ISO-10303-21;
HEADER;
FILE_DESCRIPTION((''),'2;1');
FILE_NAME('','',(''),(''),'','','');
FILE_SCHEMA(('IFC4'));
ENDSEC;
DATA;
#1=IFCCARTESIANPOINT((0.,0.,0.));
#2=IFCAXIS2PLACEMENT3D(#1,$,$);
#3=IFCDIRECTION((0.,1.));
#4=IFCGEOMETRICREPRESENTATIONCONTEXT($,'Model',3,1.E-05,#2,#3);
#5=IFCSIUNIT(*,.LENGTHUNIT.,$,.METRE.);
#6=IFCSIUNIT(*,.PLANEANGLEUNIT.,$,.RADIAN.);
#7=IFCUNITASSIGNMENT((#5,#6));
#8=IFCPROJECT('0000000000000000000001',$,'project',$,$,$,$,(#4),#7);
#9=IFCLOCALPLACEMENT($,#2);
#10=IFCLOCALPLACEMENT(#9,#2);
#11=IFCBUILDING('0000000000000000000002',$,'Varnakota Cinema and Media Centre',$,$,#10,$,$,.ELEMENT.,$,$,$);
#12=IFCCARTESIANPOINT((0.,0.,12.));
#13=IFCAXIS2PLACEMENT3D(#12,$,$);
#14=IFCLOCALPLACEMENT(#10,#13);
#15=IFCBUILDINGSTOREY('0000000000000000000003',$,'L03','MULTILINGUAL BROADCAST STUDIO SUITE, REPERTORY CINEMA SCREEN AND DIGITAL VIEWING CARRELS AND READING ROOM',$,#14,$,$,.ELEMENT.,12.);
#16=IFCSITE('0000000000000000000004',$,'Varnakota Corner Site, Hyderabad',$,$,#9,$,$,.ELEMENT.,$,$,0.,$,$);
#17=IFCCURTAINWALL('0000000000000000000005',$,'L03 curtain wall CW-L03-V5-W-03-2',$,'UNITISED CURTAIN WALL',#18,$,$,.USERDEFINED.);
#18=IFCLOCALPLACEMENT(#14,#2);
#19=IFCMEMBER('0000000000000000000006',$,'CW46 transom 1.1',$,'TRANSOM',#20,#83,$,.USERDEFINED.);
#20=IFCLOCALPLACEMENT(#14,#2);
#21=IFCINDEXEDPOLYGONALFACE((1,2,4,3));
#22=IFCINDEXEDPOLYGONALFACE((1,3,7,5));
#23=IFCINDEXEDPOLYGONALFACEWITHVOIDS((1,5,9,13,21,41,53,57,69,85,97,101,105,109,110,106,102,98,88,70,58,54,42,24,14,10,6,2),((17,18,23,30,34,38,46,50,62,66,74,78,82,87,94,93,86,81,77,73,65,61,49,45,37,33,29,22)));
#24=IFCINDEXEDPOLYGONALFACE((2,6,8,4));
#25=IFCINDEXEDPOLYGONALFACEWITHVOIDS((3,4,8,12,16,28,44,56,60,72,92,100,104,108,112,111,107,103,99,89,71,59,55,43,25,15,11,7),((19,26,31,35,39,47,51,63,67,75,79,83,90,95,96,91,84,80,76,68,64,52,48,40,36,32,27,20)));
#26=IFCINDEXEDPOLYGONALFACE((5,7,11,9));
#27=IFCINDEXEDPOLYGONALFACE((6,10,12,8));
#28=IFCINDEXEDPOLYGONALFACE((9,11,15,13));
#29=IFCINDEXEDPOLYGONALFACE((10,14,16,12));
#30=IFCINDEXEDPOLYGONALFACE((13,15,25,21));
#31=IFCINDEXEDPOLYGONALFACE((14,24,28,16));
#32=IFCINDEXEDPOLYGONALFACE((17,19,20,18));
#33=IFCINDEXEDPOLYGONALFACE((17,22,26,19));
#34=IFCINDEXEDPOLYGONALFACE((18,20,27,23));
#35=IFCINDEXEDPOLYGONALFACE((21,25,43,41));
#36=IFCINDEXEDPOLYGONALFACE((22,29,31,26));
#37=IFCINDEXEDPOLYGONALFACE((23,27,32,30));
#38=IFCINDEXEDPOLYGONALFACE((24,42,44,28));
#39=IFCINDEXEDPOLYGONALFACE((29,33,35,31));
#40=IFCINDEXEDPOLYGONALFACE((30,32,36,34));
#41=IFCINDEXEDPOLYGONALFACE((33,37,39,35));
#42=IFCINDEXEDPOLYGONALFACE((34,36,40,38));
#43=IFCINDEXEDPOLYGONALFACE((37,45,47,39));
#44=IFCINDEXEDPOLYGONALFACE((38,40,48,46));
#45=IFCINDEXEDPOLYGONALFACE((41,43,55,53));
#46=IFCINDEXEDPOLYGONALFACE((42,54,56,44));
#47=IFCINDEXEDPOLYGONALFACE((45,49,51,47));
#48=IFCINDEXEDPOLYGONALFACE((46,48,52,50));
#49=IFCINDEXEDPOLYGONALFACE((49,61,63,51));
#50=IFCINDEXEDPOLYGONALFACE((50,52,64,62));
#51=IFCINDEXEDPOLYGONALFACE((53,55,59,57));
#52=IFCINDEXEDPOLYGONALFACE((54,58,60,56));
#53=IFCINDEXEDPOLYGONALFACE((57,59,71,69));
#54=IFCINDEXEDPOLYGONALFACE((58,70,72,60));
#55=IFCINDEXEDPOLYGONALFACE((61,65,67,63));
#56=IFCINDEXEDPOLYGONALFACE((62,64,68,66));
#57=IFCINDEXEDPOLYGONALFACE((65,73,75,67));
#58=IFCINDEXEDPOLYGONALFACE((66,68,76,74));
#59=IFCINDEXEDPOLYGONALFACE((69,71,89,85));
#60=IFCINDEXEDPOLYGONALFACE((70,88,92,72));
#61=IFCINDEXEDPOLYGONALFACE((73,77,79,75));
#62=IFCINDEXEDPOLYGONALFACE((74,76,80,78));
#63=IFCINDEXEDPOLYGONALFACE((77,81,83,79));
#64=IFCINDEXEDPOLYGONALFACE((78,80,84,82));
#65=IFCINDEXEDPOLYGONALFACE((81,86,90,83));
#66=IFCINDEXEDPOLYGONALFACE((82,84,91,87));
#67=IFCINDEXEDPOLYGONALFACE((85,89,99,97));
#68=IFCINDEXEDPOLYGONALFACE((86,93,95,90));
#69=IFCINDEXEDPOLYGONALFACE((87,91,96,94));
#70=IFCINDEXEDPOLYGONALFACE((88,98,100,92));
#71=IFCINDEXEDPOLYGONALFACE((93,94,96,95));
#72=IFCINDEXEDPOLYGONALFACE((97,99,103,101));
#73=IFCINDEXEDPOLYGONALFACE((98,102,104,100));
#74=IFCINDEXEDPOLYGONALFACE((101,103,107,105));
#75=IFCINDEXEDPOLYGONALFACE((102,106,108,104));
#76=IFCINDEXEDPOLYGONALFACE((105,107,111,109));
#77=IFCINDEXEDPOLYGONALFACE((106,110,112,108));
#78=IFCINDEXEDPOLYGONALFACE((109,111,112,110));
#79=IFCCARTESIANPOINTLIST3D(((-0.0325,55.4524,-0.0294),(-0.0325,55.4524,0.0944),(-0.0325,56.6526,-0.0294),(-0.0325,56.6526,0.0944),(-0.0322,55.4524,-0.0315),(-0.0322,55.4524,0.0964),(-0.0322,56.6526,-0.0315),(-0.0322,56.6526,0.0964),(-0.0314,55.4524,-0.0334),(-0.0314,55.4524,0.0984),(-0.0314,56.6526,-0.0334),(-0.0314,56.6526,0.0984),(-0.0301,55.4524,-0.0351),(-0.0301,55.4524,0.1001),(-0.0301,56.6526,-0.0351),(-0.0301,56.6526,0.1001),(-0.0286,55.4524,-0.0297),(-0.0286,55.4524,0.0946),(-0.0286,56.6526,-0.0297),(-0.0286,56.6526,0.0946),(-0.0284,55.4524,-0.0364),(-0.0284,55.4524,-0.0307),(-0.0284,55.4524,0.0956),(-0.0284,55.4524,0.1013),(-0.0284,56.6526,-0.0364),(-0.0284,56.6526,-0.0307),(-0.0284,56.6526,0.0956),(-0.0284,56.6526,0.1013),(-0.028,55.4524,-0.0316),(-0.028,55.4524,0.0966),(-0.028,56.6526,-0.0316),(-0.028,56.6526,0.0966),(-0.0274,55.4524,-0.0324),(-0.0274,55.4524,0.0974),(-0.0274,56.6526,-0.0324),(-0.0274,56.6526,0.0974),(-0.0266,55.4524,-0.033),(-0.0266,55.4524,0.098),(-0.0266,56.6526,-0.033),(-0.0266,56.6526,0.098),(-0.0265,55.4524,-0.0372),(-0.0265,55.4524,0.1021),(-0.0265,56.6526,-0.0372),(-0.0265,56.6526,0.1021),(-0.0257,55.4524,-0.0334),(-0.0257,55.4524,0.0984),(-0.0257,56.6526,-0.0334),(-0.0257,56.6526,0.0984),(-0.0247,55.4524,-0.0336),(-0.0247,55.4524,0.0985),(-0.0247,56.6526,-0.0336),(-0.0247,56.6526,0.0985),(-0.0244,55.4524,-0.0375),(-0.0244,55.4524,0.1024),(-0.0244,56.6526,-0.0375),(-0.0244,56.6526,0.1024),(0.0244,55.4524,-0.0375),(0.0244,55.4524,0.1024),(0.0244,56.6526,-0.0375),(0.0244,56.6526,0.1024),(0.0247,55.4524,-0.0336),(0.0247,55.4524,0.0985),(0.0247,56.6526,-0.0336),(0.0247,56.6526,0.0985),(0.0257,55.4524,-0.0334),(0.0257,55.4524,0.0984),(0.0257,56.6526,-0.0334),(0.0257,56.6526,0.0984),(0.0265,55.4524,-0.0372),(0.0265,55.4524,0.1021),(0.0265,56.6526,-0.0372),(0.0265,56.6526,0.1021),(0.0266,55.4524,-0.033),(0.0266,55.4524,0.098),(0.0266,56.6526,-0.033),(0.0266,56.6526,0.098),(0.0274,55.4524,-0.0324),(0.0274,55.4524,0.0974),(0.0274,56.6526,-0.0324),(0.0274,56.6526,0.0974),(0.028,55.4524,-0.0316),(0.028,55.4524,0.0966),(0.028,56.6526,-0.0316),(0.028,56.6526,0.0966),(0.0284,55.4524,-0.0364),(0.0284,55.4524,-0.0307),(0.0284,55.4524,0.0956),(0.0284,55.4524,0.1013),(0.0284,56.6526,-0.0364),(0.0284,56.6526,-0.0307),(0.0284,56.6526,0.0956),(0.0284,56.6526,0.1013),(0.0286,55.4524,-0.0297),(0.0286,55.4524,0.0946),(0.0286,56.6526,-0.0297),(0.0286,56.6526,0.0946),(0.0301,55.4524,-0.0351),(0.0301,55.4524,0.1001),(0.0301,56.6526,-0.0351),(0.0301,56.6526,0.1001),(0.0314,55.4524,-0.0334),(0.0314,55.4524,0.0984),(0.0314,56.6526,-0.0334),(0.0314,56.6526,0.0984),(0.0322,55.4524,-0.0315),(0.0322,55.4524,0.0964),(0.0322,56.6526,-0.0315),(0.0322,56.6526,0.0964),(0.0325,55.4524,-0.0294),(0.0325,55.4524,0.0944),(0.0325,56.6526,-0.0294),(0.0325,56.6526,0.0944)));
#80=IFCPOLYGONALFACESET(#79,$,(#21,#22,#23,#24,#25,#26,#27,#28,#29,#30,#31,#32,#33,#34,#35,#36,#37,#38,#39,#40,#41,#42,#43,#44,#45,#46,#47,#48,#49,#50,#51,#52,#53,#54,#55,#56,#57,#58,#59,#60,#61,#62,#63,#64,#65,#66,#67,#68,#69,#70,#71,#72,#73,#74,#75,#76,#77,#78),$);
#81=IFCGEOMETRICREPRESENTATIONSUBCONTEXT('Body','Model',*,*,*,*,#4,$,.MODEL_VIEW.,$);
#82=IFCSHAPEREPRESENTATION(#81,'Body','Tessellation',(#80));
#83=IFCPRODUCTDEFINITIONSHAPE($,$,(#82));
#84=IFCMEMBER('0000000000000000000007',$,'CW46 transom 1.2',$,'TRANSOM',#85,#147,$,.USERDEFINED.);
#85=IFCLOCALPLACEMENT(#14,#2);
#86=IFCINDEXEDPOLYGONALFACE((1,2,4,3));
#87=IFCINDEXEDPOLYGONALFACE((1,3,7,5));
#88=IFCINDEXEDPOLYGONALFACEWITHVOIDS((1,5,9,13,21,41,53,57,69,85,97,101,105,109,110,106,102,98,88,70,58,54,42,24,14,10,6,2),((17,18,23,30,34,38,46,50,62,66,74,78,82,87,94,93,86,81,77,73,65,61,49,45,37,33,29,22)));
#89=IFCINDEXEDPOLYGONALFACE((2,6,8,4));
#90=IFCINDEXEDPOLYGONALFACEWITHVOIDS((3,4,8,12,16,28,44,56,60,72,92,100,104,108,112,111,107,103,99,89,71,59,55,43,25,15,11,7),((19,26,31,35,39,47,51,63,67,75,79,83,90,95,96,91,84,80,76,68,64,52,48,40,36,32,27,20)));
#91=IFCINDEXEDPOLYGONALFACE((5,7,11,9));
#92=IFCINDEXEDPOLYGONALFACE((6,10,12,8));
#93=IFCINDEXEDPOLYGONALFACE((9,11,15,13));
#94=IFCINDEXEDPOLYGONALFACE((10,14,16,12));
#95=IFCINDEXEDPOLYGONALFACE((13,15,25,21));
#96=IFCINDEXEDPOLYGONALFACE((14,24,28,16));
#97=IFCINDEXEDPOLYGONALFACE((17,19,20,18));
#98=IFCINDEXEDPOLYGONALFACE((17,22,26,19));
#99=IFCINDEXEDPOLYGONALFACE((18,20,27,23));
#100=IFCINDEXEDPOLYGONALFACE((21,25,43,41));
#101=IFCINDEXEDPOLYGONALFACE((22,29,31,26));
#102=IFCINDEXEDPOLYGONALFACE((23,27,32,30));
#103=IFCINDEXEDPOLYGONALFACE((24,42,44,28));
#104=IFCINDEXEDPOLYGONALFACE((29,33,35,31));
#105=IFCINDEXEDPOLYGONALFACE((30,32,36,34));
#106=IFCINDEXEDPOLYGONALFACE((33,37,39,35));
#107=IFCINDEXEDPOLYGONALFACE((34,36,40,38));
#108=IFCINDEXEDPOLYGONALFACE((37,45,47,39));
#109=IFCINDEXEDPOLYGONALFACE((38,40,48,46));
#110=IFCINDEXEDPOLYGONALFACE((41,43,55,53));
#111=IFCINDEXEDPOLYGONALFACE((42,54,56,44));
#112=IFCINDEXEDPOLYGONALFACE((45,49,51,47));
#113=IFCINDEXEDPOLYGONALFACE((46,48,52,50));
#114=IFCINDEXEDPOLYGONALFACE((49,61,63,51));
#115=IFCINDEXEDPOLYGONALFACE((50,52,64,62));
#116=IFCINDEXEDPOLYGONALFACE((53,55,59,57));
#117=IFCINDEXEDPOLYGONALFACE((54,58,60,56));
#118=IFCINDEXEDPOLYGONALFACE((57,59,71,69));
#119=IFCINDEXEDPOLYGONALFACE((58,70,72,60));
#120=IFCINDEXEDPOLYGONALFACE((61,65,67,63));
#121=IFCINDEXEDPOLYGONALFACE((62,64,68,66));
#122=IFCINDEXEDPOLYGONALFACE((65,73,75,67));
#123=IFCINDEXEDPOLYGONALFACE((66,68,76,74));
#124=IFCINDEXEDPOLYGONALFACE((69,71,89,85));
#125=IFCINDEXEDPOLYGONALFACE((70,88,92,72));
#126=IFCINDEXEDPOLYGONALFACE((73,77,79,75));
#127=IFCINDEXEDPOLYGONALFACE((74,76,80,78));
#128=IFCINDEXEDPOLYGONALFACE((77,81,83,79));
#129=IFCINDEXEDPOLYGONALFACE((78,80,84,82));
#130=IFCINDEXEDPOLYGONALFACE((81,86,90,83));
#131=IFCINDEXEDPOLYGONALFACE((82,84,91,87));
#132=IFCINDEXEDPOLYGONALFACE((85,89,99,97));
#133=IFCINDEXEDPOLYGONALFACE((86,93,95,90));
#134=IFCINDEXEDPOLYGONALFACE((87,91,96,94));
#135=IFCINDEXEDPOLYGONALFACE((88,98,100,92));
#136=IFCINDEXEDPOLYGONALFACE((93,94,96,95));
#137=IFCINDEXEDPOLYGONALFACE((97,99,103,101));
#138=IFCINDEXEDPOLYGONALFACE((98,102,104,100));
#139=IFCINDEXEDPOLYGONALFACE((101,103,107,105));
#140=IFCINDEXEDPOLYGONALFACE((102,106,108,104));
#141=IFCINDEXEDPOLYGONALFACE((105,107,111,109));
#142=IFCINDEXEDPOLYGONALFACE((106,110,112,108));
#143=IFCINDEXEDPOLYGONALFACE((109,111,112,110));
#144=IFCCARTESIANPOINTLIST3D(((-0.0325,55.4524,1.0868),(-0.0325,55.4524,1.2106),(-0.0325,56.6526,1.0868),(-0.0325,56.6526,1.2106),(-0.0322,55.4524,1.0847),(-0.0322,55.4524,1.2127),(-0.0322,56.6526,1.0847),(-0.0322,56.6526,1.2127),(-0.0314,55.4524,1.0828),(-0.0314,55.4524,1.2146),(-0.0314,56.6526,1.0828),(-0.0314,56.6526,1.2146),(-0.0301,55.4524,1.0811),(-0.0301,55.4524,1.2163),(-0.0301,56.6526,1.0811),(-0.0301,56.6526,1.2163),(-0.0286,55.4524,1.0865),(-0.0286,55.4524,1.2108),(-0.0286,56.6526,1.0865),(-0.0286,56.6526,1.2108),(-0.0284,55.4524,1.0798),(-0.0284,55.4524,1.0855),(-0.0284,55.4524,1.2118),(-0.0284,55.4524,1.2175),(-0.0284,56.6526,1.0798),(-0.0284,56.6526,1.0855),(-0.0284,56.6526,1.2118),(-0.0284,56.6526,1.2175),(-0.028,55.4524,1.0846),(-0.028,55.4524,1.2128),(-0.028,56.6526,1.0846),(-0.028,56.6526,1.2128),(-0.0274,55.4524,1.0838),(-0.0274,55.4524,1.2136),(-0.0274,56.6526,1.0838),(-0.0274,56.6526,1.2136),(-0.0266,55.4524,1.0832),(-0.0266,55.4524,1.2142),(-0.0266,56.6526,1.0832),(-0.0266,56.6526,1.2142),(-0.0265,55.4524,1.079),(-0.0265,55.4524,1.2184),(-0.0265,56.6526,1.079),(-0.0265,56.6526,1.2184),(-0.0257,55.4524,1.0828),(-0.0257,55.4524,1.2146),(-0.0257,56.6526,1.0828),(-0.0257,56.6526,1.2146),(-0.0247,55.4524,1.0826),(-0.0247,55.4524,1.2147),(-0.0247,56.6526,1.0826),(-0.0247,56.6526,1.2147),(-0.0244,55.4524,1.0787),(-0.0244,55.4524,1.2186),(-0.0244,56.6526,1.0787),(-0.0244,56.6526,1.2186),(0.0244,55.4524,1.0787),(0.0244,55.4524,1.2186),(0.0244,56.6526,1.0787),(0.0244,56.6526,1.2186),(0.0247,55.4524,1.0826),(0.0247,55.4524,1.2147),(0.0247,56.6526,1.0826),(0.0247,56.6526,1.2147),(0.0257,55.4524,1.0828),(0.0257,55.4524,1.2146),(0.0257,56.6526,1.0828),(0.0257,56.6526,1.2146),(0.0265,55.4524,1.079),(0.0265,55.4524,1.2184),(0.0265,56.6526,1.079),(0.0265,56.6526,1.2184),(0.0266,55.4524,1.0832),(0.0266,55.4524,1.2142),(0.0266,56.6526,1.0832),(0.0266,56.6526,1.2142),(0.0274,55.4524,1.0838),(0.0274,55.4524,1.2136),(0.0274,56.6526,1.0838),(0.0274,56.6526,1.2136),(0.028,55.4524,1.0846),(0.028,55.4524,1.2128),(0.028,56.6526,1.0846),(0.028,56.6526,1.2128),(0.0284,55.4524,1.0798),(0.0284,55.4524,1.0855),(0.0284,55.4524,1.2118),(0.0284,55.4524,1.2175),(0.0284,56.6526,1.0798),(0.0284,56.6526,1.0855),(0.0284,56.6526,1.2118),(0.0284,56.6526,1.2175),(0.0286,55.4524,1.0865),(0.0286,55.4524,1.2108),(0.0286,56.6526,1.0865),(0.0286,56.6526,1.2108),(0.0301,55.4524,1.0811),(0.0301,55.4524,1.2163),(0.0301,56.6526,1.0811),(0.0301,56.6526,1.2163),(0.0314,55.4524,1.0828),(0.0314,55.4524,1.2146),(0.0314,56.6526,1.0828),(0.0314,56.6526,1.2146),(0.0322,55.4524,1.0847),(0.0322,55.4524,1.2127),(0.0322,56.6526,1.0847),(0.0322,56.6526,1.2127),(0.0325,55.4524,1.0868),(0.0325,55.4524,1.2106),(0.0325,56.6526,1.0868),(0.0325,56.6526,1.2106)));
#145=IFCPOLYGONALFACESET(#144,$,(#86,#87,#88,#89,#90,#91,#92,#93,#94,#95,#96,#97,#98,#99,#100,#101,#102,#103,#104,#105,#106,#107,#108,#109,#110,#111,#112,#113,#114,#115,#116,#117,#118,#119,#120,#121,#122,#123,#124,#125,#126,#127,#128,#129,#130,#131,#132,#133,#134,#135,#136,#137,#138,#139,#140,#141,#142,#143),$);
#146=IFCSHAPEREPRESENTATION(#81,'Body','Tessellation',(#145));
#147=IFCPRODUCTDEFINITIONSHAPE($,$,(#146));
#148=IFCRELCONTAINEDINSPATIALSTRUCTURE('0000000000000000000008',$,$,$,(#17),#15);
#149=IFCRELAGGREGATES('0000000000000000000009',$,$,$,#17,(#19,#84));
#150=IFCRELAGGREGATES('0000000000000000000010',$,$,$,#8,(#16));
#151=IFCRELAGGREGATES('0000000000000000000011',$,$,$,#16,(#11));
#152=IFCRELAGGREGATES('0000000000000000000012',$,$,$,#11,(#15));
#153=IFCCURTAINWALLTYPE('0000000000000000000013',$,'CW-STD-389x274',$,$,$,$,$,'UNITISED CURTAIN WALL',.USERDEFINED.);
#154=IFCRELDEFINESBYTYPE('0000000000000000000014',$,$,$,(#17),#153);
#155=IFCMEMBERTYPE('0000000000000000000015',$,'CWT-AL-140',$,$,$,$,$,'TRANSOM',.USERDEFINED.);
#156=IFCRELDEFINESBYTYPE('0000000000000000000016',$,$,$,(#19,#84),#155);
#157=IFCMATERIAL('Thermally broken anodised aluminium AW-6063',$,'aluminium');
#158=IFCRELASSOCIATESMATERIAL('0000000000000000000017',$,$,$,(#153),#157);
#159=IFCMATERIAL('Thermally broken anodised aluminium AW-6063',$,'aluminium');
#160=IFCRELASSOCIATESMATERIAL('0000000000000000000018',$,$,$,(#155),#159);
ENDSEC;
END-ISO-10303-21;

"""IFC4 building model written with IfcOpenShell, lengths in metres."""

from ifc_helpers import new_model, si_unit, direction, frame, origin, origin_2d, place, context, subcontext, project, spatial, hollow_rectangle, extrude, material, material_profile, profile_set, type_object, element, aggregate, save


model = new_model("IFC4")

# Units and contexts
model_context = context("Model", 3, precision=1e-05, world=origin(), true_north=direction((0.0, 1.0)))
body_context = subcontext(model_context, "Body", "Model", "MODEL_VIEW")
ifc_project = project(units=[si_unit("LENGTHUNIT", "METRE"), si_unit("PLANEANGLEUNIT", "RADIAN")], contexts=[model_context])

# Site, building, storey
site_placement = place(None, origin())
site = spatial("IfcSite", under=ifc_project, at=site_placement, Name="Varnakota Corner Site, Hyderabad", CompositionType="ELEMENT", RefElevation=0.0)
building_placement = place(site_placement, origin())
building = spatial("IfcBuilding", under=site, at=building_placement, Name="Varnakota Cinema and Media Centre", CompositionType="ELEMENT")
storey_placement = place(building_placement, frame((0.0, 0.0, 12.0)))
storey = spatial("IfcBuildingStorey", under=building, at=storey_placement, Name="L03", Description="MULTILINGUAL BROADCAST STUDIO SUITE, REPERTORY CINEMA SCREEN AND DIGITAL VIEWING CARRELS AND READING ROOM", CompositionType="ELEMENT", Elevation=12.0)

# Shared definitions
ifc_material_1 = material(Name="Thermally broken anodised aluminium AW-6063", Category="aluminium")
curtain_wall_type = type_object("IfcCurtainWallType", Name="CW-STD-389x274", ElementType="UNITISED CURTAIN WALL", PredefinedType="USERDEFINED", material=ifc_material_1)

# Curtain wall, members
curtain_wall_1_placement = place(storey_placement, origin())
curtain_wall_1 = element("IfcCurtainWall", 1, at=curtain_wall_1_placement, inside=storey, type_object=curtain_wall_type, Name="L03 curtain wall CW-L03-V5-W-03-2", ObjectType="UNITISED CURTAIN WALL", PredefinedType="USERDEFINED")
ifc_material_2 = material(Name="Thermally broken anodised aluminium AW-6063", Category="aluminium")
ifc_material_profile_1 = material_profile(ifc_material_2, hollow_rectangle(XDim=0.0649, YDim=0.1399, WallThickness=0.0039, InnerFilletRadius=0.0039, OuterFilletRadius=0.0081, at=origin_2d()), Name="AL-TRANSOM 140x65x4")
ifc_profile_set_1 = profile_set([ifc_material_profile_1], Name="Thermally broken anodised aluminium AW-6063")
member_type_1 = type_object("IfcMemberType", Name="CWT-AL-140", ElementType="TRANSOM", PredefinedType="USERDEFINED", material=ifc_profile_set_1)
member_1_placement = place(storey_placement, frame((0.0, 56.6526, 0.0325), z_axis=(0.0, -1.0, 0.0), x_axis=(1.0, 0.0, 0.0)))
member_1 = element("IfcMember", 2, at=member_1_placement, type_object=member_type_1, Name="CW46 transom 1.1", ObjectType="TRANSOM", PredefinedType="USERDEFINED", context=body_context, shape_type="SweptSolid", body=[
    extrude(hollow_rectangle(XDim=0.0649, YDim=0.1399, WallThickness=0.0039, InnerFilletRadius=0.0039, OuterFilletRadius=0.0081, at=origin_2d()), origin(), (0.0, 0.0, 1.0), 1.2002),
])
member_2_placement = place(storey_placement, frame((0.0, 56.6526, 1.1487), z_axis=(0.0, -1.0, 0.0), x_axis=(1.0, 0.0, 0.0)))
member_2 = element("IfcMember", 3, at=member_2_placement, type_object=member_type_1, Name="CW46 transom 1.2", ObjectType="TRANSOM", PredefinedType="USERDEFINED", context=body_context, shape_type="SweptSolid", body=[
    extrude(hollow_rectangle(XDim=0.0649, YDim=0.1399, WallThickness=0.0039, InnerFilletRadius=0.0039, OuterFilletRadius=0.0081, at=origin_2d()), origin(), (0.0, 0.0, 1.0), 1.2002),
])

aggregate(curtain_wall_1, [member_1, member_2])

save(model, "model.ifc")
